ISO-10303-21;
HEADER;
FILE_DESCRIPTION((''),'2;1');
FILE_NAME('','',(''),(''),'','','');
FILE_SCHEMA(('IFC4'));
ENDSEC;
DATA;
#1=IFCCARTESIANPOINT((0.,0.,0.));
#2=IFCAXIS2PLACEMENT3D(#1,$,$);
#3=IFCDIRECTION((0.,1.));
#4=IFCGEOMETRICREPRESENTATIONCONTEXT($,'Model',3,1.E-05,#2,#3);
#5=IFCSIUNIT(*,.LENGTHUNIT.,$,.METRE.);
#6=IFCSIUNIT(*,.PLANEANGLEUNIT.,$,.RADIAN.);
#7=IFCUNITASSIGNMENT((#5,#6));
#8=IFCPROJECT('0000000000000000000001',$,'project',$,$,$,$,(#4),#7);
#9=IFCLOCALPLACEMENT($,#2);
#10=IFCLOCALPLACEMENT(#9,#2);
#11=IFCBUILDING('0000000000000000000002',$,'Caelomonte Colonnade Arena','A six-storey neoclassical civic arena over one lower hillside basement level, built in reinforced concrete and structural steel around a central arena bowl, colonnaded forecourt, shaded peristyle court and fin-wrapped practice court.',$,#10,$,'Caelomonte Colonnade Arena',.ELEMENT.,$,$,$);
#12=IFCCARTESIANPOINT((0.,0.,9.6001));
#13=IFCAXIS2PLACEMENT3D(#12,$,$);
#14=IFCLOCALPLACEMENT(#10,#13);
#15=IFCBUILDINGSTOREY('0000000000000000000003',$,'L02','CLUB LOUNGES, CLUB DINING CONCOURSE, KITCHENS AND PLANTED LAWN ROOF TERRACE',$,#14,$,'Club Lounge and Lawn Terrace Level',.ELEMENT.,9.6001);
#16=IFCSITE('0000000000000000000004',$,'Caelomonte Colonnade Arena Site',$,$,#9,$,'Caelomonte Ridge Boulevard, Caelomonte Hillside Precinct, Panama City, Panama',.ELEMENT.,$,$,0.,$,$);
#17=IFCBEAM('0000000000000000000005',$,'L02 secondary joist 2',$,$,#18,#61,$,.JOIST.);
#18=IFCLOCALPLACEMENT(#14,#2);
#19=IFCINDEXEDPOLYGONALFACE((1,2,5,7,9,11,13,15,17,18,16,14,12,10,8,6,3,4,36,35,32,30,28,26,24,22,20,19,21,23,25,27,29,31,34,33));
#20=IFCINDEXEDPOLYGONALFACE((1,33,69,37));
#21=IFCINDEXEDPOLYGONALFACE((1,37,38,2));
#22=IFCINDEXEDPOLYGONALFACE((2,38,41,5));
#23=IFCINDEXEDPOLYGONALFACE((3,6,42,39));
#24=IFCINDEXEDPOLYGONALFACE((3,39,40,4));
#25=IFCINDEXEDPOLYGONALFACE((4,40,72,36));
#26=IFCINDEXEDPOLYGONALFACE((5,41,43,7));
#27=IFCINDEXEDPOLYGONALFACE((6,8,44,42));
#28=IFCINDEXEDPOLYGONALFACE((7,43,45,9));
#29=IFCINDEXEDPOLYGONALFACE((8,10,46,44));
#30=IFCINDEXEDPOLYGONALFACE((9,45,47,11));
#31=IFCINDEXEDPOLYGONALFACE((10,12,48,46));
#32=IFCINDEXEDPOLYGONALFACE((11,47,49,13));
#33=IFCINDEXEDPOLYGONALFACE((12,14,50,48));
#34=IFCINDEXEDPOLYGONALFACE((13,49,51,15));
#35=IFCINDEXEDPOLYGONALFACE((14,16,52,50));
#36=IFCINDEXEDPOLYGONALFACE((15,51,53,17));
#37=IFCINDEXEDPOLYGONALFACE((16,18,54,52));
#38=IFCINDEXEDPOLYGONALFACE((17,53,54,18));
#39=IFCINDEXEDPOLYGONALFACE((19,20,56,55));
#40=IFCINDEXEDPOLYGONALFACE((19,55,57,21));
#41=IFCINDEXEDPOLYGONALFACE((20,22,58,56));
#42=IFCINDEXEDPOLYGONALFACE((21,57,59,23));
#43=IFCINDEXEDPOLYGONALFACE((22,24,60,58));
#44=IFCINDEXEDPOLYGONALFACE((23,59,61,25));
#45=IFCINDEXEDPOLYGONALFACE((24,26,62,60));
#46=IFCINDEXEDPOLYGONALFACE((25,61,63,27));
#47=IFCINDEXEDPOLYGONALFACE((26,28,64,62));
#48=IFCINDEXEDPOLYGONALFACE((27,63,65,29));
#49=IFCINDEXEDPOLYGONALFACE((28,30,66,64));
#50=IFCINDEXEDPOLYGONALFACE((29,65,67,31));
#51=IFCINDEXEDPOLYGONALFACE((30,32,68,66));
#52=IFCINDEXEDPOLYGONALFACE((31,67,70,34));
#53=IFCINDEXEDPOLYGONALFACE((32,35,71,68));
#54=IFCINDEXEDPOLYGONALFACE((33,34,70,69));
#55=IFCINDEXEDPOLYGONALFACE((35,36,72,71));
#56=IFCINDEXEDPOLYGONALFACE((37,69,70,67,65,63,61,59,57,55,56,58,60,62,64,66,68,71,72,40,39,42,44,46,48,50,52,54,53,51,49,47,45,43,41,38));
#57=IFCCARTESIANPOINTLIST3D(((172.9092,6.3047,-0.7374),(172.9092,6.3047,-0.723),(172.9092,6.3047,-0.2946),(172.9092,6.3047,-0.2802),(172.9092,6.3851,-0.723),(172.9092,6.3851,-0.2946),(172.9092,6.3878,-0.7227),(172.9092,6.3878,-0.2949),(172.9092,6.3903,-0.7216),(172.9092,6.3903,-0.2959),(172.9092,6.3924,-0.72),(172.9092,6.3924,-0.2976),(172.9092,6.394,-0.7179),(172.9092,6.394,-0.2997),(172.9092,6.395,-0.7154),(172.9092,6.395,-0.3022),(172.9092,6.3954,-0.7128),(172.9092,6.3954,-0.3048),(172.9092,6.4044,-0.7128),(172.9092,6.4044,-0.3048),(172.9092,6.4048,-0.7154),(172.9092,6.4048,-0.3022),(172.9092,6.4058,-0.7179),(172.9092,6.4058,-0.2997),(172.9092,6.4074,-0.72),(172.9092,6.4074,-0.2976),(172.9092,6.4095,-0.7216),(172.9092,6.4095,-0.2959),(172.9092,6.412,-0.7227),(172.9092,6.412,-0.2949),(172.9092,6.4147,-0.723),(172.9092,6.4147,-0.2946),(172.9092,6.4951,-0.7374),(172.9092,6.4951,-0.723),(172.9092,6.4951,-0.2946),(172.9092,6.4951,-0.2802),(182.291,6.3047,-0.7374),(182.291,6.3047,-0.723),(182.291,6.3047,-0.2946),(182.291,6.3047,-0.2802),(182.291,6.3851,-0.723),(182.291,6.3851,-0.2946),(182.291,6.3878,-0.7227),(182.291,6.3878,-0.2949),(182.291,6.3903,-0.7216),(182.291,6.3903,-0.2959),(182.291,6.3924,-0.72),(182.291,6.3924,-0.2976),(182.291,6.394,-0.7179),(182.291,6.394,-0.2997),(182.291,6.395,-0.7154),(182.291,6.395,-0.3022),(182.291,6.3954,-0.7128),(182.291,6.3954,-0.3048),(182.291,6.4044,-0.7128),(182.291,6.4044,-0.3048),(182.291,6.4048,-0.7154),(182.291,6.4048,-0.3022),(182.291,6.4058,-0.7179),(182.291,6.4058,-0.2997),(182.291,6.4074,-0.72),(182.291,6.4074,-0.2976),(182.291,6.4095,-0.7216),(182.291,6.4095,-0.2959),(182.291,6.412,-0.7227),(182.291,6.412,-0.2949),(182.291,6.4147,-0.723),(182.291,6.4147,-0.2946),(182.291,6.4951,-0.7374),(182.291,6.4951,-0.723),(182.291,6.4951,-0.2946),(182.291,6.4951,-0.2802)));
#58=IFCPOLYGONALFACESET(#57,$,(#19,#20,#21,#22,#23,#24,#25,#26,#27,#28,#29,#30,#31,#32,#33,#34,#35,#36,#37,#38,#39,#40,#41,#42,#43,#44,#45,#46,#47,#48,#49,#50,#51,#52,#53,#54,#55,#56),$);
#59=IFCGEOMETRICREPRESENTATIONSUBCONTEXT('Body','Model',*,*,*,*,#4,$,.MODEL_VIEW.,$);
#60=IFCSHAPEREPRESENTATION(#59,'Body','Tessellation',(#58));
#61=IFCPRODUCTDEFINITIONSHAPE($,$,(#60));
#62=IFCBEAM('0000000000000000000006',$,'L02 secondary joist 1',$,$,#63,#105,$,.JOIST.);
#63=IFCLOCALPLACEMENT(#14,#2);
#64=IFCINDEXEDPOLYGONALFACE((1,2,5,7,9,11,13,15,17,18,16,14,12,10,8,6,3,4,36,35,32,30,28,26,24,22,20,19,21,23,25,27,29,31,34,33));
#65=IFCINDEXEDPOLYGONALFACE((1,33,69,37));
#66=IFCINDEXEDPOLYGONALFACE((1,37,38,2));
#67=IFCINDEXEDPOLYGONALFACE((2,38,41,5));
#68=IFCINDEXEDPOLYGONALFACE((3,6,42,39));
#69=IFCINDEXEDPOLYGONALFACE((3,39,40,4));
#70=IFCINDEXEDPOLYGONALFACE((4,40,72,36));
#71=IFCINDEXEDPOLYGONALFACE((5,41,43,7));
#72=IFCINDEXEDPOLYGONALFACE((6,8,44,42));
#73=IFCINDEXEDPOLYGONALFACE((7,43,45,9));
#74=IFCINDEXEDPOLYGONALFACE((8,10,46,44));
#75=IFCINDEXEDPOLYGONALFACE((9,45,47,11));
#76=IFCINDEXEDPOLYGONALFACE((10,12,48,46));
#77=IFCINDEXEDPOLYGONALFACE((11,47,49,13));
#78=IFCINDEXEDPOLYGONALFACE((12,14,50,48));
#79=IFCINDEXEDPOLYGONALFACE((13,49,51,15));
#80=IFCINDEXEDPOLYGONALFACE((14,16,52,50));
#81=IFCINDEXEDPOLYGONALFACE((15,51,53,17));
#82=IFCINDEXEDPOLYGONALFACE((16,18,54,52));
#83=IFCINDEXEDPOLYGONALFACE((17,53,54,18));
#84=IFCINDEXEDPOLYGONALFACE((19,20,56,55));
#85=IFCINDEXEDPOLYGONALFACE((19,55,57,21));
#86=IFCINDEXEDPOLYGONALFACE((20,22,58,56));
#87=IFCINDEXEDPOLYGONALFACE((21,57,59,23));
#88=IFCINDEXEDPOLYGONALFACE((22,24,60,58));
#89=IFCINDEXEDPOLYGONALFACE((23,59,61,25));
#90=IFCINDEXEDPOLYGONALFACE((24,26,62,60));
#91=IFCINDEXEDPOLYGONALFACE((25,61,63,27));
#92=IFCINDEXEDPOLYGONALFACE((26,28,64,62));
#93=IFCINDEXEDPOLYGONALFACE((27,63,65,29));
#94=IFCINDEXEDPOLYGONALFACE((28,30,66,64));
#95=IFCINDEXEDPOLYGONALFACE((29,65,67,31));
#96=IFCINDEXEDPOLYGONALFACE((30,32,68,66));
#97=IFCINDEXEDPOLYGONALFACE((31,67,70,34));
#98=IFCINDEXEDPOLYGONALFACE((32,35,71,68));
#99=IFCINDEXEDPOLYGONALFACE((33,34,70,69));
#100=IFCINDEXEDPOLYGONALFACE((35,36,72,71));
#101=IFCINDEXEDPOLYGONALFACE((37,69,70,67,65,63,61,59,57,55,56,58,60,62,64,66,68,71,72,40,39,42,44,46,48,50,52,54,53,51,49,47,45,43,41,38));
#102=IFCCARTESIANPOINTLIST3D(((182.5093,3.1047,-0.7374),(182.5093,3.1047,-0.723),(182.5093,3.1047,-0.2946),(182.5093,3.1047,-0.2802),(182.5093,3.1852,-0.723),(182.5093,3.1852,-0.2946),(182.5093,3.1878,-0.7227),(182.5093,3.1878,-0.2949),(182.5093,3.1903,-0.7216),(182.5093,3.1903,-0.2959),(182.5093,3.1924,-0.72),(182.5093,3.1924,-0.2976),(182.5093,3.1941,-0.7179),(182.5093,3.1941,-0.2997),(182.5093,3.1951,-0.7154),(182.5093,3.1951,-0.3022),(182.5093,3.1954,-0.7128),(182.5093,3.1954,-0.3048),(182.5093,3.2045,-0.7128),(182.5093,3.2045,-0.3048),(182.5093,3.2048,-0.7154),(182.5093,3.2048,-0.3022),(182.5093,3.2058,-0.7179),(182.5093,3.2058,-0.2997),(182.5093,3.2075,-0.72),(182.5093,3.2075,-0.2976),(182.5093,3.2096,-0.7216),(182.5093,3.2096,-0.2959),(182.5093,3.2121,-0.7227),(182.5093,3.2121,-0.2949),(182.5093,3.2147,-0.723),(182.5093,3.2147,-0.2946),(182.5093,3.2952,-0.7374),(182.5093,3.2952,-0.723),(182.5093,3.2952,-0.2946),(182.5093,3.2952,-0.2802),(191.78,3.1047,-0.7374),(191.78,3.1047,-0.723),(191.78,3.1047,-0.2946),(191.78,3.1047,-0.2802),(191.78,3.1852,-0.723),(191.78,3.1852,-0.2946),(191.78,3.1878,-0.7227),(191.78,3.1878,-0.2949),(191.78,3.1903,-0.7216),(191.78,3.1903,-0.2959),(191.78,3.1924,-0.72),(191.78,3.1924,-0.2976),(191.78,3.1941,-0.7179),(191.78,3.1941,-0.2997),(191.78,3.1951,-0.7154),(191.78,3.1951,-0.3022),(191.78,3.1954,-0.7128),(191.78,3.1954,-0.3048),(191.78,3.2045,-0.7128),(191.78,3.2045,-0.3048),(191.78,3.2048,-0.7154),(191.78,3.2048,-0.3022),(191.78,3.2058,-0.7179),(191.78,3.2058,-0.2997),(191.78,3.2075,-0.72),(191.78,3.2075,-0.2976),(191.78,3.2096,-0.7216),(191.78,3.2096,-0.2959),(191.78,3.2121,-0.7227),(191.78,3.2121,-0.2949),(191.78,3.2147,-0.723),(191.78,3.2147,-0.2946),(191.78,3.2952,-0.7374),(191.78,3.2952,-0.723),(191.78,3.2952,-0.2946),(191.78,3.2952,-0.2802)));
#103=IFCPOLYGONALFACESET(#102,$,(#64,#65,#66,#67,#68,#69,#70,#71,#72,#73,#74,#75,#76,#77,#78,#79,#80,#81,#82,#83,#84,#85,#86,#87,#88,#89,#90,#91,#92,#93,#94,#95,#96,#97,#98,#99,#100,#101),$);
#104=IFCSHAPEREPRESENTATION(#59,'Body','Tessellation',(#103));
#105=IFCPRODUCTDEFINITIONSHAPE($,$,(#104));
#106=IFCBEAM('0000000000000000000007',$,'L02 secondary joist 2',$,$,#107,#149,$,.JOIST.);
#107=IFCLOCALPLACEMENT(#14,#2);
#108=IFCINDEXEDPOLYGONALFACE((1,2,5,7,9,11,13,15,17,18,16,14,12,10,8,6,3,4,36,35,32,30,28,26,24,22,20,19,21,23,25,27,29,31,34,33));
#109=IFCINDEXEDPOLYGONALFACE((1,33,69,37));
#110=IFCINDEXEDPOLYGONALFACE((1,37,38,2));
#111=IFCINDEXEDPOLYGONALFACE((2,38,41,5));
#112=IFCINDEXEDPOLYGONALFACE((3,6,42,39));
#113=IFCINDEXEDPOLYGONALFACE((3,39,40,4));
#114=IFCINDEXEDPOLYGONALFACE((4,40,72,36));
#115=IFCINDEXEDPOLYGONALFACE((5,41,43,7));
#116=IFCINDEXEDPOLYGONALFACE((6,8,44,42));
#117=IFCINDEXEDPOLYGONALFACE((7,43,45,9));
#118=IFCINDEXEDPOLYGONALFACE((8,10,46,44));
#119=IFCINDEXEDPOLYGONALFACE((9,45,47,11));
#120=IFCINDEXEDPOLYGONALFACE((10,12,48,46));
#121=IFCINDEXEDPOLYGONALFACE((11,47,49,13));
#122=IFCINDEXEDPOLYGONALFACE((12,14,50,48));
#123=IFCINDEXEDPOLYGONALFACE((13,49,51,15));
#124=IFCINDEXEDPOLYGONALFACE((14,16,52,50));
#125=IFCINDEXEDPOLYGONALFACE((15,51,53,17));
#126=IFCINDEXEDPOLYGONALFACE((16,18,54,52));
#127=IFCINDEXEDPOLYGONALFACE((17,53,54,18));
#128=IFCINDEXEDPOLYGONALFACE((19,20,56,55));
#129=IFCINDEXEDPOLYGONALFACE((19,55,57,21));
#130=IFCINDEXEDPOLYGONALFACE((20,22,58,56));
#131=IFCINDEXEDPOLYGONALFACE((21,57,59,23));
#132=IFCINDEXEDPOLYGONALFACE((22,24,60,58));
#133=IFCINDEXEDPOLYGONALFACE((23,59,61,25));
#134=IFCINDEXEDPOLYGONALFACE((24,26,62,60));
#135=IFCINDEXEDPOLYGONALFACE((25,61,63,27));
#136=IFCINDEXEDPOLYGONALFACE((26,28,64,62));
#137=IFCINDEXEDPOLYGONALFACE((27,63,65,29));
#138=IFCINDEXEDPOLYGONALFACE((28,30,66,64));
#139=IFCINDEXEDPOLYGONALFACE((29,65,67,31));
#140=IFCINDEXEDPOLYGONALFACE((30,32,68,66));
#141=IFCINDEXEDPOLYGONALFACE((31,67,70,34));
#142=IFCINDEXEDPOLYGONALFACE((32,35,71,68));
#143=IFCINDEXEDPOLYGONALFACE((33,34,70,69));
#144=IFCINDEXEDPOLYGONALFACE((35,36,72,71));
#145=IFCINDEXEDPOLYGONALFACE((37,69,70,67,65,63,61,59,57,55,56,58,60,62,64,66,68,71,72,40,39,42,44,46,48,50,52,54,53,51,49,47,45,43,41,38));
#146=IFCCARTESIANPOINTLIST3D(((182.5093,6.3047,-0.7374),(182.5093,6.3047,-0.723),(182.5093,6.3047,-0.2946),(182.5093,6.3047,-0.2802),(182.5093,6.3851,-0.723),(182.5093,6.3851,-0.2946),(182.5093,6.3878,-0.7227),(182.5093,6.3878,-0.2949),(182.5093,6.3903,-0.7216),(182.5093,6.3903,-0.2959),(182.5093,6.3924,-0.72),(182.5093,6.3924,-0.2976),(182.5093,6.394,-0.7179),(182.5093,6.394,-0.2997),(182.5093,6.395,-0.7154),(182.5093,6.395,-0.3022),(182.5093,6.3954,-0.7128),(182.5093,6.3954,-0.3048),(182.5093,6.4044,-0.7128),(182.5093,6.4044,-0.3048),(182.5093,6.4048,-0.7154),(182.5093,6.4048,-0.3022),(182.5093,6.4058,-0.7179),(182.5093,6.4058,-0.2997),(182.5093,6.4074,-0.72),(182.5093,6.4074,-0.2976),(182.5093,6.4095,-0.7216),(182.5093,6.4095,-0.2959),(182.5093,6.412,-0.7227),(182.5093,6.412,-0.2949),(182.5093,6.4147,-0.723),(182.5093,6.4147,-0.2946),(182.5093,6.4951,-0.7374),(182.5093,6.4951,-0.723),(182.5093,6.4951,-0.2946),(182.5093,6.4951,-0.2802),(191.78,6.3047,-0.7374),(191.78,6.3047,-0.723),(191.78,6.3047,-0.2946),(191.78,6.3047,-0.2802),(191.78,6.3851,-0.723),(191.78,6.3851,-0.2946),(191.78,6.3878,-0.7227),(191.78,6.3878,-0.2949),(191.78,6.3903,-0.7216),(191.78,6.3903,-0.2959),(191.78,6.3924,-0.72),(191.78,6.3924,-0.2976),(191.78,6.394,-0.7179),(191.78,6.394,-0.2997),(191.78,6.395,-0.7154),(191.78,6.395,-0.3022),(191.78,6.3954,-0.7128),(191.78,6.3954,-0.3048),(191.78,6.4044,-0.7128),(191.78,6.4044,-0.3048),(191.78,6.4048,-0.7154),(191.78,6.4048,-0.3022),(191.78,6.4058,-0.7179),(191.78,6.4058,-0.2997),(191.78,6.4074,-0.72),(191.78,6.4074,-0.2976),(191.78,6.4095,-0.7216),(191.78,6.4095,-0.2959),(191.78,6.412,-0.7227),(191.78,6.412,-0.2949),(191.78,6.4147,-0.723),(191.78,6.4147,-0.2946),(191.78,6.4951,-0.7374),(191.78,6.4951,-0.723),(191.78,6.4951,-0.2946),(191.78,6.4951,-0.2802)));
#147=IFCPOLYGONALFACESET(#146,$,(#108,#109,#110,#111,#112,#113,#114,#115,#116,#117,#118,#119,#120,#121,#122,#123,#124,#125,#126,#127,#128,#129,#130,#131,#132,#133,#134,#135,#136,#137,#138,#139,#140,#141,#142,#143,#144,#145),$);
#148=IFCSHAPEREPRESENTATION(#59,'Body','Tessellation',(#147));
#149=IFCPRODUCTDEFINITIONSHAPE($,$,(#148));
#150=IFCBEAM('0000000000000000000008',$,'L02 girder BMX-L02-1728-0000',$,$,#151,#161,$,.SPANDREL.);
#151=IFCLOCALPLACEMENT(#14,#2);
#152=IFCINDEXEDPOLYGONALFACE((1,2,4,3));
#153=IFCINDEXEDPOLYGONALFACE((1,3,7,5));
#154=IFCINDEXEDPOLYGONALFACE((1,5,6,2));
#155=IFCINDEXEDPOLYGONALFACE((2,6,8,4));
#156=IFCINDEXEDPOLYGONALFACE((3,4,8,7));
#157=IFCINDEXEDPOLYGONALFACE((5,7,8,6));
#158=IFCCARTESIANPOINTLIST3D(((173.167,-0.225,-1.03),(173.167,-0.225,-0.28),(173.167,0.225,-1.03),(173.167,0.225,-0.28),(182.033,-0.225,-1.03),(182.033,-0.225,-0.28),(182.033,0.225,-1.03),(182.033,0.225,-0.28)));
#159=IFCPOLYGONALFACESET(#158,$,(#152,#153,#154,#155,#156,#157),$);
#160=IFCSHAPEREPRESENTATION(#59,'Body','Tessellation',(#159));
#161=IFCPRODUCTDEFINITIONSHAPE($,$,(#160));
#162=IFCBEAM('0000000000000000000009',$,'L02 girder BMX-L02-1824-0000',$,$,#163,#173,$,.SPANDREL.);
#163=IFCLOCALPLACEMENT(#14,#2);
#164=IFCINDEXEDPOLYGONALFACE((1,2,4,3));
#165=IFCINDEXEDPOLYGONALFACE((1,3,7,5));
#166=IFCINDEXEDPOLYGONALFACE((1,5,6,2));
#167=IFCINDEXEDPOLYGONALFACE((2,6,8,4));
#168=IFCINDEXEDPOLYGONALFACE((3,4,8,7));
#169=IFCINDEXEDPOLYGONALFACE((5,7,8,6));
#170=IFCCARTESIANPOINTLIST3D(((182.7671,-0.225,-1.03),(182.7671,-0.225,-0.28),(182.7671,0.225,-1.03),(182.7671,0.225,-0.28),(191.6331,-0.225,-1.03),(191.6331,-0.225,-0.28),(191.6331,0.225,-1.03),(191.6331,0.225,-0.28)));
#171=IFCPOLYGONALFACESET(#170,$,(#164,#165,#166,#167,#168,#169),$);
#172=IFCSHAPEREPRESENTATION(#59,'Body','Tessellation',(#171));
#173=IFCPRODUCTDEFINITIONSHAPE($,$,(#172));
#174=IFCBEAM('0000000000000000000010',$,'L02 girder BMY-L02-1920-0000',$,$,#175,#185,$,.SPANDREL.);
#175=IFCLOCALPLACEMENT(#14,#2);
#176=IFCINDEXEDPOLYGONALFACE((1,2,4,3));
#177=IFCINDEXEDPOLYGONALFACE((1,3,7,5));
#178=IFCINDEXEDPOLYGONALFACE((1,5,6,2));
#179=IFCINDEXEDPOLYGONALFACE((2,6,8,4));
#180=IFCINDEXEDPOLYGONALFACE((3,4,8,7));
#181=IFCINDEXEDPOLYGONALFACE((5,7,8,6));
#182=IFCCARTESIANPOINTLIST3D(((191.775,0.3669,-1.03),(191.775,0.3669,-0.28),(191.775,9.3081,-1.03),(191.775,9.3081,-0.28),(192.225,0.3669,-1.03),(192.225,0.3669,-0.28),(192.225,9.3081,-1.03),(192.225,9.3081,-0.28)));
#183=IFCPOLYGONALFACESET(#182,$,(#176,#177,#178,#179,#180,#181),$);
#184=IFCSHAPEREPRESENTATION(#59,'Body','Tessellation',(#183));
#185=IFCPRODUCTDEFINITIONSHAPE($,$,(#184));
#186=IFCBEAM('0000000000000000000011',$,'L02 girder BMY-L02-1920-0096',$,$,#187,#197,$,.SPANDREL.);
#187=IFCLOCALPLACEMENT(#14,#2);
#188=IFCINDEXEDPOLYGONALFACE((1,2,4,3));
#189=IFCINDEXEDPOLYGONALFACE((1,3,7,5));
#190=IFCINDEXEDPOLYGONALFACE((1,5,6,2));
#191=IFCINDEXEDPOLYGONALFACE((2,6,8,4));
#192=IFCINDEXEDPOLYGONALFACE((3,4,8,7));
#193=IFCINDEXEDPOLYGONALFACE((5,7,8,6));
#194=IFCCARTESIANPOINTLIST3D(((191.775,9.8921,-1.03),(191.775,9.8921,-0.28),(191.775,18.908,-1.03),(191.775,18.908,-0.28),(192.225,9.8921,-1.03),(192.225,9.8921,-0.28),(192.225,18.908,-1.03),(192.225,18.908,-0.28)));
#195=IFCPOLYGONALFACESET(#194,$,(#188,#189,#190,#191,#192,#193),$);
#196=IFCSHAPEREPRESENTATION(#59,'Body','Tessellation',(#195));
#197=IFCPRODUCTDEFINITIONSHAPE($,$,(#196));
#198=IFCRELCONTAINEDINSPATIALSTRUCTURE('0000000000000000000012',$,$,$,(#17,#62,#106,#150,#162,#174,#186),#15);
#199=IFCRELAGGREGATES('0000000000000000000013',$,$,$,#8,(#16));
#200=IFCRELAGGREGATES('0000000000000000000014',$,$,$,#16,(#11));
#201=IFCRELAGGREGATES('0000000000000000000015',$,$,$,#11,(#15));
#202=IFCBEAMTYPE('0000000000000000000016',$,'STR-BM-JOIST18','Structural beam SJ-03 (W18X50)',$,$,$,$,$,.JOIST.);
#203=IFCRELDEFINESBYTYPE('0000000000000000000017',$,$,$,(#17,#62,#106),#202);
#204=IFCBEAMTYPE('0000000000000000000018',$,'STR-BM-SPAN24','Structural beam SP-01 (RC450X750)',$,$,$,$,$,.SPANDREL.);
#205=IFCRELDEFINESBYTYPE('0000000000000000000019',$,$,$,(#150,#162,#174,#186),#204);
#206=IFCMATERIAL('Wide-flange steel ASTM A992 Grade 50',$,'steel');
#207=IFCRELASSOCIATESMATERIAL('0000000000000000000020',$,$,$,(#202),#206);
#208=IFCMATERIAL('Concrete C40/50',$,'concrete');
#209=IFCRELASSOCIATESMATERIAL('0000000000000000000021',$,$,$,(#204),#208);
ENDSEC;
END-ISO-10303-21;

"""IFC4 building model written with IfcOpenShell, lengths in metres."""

from ifc_helpers import new_model, si_unit, direction, frame, origin, origin_2d, place, context, subcontext, project, spatial, rectangle, i_section, extrude, material, material_profile, profile_set, type_object, element, save


model = new_model("IFC4")

# Units and contexts
model_context = context("Model", 3, precision=1e-05, world=origin(), true_north=direction((0.0, 1.0)))
body_context = subcontext(model_context, "Body", "Model", "MODEL_VIEW")
ifc_project = project(units=[si_unit("LENGTHUNIT", "METRE"), si_unit("PLANEANGLEUNIT", "RADIAN")], contexts=[model_context])

# Site, building, storey
site_placement = place(None, origin())
site = spatial("IfcSite", under=ifc_project, at=site_placement, Name="Caelomonte Colonnade Arena Site", LongName="Caelomonte Ridge Boulevard, Caelomonte Hillside Precinct, Panama City, Panama", CompositionType="ELEMENT", RefElevation=0.0)
building_placement = place(site_placement, origin())
building = spatial("IfcBuilding", under=site, at=building_placement, Name="Caelomonte Colonnade Arena", Description="A six-storey neoclassical civic arena over one lower hillside basement level, built in reinforced concrete and structural steel around a central arena bowl, colonnaded forecourt, shaded peristyle court and fin-wrapped practice court.", LongName="Caelomonte Colonnade Arena", CompositionType="ELEMENT")
storey_placement = place(building_placement, frame((0.0, 0.0, 9.6001)))
storey = spatial("IfcBuildingStorey", under=building, at=storey_placement, Name="L02", Description="CLUB LOUNGES, CLUB DINING CONCOURSE, KITCHENS AND PLANTED LAWN ROOF TERRACE", LongName="Club Lounge and Lawn Terrace Level", CompositionType="ELEMENT", Elevation=9.6001)

# Shared definitions
ifc_material_1 = material(Name="Concrete C40/50", Category="concrete")

# Beams
ifc_material_2 = material(Name="Wide-flange steel ASTM A992 Grade 50", Category="steel")
ifc_material_profile_1 = material_profile(ifc_material_2, i_section(OverallWidth=0.1904, OverallDepth=0.4573, WebThickness=0.009, FlangeThickness=0.0144, FilletRadius=0.0103, at=origin_2d()), Name="W18X50")
ifc_profile_set_1 = profile_set([ifc_material_profile_1], Name="Wide-flange steel ASTM A992 Grade 50")
beam_type_1 = type_object("IfcBeamType", Name="STR-BM-JOIST18", Description="Structural beam SJ-03 (W18X50)", PredefinedType="JOIST", material=ifc_profile_set_1)
beam_1_placement = place(storey_placement, frame((172.9092, 6.3999, -0.5088), z_axis=(1.0, 0.0, 0.0), x_axis=(0.0, 1.0, 0.0)))
element("IfcBeam", 1, at=beam_1_placement, inside=storey, type_object=beam_type_1, Name="L02 secondary joist 2", PredefinedType="JOIST", context=body_context, shape_type="SweptSolid", body=[
    extrude(i_section(OverallWidth=0.1904, OverallDepth=0.4573, WebThickness=0.009, FlangeThickness=0.0144, FilletRadius=0.0103, at=origin_2d()), origin(), (0.0, 0.0, 1.0), 9.3818),
])
for number, where, z_axis, x_axis, name in (
    (2, (182.5093, 3.2, -0.5088), (1.0, 0.0, 0.0), (0.0, 1.0, 0.0), "L02 secondary joist 1"),
    (3, (182.5093, 6.3999, -0.5088), (1.0, 0.0, 0.0), (0.0, 1.0, 0.0), "L02 secondary joist 2"),
):
    element("IfcBeam", number, at=place(storey_placement, frame(where, z_axis=z_axis, x_axis=x_axis)), inside=storey, type_object=beam_type_1, Name=name, PredefinedType="JOIST", context=body_context, shape_type="SweptSolid", body=[
        extrude(i_section(OverallWidth=0.1904, OverallDepth=0.4573, WebThickness=0.009, FlangeThickness=0.0144, FilletRadius=0.0103, at=origin_2d()), origin(), (0.0, 0.0, 1.0), 9.2708),
    ])
ifc_material_profile_2 = material_profile(ifc_material_1, rectangle(XDim=0.45, YDim=0.75, at=origin_2d()), Name="RC450X750")
ifc_profile_set_2 = profile_set([ifc_material_profile_2], Name="Concrete C40/50")
beam_type_2 = type_object("IfcBeamType", Name="STR-BM-SPAN24", Description="Structural beam SP-01 (RC450X750)", PredefinedType="SPANDREL", material=ifc_profile_set_2)
for number, where, z_axis, x_axis, name in (
    (4, (173.167, 0.0, -0.655), (1.0, 0.0, 0.0), (0.0, 1.0, 0.0), "L02 girder BMX-L02-1728-0000"),
    (5, (182.7671, 0.0, -0.655), (1.0, 0.0, 0.0), (0.0, 1.0, 0.0), "L02 girder BMX-L02-1824-0000"),
):
    element("IfcBeam", number, at=place(storey_placement, frame(where, z_axis=z_axis, x_axis=x_axis)), inside=storey, type_object=beam_type_2, Name=name, PredefinedType="SPANDREL", context=body_context, shape_type="SweptSolid", body=[
        extrude(rectangle(XDim=0.45, YDim=0.75, at=origin_2d()), origin(), (0.0, 0.0, 1.0), 8.866),
    ])
beam_2_placement = place(storey_placement, frame((192.0, 0.3669, -0.655), z_axis=(0.0, 1.0, 0.0), x_axis=(-1.0, 0.0, 0.0)))
element("IfcBeam", 6, at=beam_2_placement, inside=storey, type_object=beam_type_2, Name="L02 girder BMY-L02-1920-0000", PredefinedType="SPANDREL", context=body_context, shape_type="SweptSolid", body=[
    extrude(rectangle(XDim=0.45, YDim=0.75, at=origin_2d()), origin(), (0.0, 0.0, 1.0), 8.9412),
])
beam_3_placement = place(storey_placement, frame((192.0, 9.8921, -0.655), z_axis=(0.0, 1.0, 0.0), x_axis=(-1.0, 0.0, 0.0)))
element("IfcBeam", 7, at=beam_3_placement, inside=storey, type_object=beam_type_2, Name="L02 girder BMY-L02-1920-0096", PredefinedType="SPANDREL", context=body_context, shape_type="SweptSolid", body=[
    extrude(rectangle(XDim=0.45, YDim=0.75, at=origin_2d()), origin(), (0.0, 0.0, 1.0), 9.0159),
])

save(model, "model.ifc")
